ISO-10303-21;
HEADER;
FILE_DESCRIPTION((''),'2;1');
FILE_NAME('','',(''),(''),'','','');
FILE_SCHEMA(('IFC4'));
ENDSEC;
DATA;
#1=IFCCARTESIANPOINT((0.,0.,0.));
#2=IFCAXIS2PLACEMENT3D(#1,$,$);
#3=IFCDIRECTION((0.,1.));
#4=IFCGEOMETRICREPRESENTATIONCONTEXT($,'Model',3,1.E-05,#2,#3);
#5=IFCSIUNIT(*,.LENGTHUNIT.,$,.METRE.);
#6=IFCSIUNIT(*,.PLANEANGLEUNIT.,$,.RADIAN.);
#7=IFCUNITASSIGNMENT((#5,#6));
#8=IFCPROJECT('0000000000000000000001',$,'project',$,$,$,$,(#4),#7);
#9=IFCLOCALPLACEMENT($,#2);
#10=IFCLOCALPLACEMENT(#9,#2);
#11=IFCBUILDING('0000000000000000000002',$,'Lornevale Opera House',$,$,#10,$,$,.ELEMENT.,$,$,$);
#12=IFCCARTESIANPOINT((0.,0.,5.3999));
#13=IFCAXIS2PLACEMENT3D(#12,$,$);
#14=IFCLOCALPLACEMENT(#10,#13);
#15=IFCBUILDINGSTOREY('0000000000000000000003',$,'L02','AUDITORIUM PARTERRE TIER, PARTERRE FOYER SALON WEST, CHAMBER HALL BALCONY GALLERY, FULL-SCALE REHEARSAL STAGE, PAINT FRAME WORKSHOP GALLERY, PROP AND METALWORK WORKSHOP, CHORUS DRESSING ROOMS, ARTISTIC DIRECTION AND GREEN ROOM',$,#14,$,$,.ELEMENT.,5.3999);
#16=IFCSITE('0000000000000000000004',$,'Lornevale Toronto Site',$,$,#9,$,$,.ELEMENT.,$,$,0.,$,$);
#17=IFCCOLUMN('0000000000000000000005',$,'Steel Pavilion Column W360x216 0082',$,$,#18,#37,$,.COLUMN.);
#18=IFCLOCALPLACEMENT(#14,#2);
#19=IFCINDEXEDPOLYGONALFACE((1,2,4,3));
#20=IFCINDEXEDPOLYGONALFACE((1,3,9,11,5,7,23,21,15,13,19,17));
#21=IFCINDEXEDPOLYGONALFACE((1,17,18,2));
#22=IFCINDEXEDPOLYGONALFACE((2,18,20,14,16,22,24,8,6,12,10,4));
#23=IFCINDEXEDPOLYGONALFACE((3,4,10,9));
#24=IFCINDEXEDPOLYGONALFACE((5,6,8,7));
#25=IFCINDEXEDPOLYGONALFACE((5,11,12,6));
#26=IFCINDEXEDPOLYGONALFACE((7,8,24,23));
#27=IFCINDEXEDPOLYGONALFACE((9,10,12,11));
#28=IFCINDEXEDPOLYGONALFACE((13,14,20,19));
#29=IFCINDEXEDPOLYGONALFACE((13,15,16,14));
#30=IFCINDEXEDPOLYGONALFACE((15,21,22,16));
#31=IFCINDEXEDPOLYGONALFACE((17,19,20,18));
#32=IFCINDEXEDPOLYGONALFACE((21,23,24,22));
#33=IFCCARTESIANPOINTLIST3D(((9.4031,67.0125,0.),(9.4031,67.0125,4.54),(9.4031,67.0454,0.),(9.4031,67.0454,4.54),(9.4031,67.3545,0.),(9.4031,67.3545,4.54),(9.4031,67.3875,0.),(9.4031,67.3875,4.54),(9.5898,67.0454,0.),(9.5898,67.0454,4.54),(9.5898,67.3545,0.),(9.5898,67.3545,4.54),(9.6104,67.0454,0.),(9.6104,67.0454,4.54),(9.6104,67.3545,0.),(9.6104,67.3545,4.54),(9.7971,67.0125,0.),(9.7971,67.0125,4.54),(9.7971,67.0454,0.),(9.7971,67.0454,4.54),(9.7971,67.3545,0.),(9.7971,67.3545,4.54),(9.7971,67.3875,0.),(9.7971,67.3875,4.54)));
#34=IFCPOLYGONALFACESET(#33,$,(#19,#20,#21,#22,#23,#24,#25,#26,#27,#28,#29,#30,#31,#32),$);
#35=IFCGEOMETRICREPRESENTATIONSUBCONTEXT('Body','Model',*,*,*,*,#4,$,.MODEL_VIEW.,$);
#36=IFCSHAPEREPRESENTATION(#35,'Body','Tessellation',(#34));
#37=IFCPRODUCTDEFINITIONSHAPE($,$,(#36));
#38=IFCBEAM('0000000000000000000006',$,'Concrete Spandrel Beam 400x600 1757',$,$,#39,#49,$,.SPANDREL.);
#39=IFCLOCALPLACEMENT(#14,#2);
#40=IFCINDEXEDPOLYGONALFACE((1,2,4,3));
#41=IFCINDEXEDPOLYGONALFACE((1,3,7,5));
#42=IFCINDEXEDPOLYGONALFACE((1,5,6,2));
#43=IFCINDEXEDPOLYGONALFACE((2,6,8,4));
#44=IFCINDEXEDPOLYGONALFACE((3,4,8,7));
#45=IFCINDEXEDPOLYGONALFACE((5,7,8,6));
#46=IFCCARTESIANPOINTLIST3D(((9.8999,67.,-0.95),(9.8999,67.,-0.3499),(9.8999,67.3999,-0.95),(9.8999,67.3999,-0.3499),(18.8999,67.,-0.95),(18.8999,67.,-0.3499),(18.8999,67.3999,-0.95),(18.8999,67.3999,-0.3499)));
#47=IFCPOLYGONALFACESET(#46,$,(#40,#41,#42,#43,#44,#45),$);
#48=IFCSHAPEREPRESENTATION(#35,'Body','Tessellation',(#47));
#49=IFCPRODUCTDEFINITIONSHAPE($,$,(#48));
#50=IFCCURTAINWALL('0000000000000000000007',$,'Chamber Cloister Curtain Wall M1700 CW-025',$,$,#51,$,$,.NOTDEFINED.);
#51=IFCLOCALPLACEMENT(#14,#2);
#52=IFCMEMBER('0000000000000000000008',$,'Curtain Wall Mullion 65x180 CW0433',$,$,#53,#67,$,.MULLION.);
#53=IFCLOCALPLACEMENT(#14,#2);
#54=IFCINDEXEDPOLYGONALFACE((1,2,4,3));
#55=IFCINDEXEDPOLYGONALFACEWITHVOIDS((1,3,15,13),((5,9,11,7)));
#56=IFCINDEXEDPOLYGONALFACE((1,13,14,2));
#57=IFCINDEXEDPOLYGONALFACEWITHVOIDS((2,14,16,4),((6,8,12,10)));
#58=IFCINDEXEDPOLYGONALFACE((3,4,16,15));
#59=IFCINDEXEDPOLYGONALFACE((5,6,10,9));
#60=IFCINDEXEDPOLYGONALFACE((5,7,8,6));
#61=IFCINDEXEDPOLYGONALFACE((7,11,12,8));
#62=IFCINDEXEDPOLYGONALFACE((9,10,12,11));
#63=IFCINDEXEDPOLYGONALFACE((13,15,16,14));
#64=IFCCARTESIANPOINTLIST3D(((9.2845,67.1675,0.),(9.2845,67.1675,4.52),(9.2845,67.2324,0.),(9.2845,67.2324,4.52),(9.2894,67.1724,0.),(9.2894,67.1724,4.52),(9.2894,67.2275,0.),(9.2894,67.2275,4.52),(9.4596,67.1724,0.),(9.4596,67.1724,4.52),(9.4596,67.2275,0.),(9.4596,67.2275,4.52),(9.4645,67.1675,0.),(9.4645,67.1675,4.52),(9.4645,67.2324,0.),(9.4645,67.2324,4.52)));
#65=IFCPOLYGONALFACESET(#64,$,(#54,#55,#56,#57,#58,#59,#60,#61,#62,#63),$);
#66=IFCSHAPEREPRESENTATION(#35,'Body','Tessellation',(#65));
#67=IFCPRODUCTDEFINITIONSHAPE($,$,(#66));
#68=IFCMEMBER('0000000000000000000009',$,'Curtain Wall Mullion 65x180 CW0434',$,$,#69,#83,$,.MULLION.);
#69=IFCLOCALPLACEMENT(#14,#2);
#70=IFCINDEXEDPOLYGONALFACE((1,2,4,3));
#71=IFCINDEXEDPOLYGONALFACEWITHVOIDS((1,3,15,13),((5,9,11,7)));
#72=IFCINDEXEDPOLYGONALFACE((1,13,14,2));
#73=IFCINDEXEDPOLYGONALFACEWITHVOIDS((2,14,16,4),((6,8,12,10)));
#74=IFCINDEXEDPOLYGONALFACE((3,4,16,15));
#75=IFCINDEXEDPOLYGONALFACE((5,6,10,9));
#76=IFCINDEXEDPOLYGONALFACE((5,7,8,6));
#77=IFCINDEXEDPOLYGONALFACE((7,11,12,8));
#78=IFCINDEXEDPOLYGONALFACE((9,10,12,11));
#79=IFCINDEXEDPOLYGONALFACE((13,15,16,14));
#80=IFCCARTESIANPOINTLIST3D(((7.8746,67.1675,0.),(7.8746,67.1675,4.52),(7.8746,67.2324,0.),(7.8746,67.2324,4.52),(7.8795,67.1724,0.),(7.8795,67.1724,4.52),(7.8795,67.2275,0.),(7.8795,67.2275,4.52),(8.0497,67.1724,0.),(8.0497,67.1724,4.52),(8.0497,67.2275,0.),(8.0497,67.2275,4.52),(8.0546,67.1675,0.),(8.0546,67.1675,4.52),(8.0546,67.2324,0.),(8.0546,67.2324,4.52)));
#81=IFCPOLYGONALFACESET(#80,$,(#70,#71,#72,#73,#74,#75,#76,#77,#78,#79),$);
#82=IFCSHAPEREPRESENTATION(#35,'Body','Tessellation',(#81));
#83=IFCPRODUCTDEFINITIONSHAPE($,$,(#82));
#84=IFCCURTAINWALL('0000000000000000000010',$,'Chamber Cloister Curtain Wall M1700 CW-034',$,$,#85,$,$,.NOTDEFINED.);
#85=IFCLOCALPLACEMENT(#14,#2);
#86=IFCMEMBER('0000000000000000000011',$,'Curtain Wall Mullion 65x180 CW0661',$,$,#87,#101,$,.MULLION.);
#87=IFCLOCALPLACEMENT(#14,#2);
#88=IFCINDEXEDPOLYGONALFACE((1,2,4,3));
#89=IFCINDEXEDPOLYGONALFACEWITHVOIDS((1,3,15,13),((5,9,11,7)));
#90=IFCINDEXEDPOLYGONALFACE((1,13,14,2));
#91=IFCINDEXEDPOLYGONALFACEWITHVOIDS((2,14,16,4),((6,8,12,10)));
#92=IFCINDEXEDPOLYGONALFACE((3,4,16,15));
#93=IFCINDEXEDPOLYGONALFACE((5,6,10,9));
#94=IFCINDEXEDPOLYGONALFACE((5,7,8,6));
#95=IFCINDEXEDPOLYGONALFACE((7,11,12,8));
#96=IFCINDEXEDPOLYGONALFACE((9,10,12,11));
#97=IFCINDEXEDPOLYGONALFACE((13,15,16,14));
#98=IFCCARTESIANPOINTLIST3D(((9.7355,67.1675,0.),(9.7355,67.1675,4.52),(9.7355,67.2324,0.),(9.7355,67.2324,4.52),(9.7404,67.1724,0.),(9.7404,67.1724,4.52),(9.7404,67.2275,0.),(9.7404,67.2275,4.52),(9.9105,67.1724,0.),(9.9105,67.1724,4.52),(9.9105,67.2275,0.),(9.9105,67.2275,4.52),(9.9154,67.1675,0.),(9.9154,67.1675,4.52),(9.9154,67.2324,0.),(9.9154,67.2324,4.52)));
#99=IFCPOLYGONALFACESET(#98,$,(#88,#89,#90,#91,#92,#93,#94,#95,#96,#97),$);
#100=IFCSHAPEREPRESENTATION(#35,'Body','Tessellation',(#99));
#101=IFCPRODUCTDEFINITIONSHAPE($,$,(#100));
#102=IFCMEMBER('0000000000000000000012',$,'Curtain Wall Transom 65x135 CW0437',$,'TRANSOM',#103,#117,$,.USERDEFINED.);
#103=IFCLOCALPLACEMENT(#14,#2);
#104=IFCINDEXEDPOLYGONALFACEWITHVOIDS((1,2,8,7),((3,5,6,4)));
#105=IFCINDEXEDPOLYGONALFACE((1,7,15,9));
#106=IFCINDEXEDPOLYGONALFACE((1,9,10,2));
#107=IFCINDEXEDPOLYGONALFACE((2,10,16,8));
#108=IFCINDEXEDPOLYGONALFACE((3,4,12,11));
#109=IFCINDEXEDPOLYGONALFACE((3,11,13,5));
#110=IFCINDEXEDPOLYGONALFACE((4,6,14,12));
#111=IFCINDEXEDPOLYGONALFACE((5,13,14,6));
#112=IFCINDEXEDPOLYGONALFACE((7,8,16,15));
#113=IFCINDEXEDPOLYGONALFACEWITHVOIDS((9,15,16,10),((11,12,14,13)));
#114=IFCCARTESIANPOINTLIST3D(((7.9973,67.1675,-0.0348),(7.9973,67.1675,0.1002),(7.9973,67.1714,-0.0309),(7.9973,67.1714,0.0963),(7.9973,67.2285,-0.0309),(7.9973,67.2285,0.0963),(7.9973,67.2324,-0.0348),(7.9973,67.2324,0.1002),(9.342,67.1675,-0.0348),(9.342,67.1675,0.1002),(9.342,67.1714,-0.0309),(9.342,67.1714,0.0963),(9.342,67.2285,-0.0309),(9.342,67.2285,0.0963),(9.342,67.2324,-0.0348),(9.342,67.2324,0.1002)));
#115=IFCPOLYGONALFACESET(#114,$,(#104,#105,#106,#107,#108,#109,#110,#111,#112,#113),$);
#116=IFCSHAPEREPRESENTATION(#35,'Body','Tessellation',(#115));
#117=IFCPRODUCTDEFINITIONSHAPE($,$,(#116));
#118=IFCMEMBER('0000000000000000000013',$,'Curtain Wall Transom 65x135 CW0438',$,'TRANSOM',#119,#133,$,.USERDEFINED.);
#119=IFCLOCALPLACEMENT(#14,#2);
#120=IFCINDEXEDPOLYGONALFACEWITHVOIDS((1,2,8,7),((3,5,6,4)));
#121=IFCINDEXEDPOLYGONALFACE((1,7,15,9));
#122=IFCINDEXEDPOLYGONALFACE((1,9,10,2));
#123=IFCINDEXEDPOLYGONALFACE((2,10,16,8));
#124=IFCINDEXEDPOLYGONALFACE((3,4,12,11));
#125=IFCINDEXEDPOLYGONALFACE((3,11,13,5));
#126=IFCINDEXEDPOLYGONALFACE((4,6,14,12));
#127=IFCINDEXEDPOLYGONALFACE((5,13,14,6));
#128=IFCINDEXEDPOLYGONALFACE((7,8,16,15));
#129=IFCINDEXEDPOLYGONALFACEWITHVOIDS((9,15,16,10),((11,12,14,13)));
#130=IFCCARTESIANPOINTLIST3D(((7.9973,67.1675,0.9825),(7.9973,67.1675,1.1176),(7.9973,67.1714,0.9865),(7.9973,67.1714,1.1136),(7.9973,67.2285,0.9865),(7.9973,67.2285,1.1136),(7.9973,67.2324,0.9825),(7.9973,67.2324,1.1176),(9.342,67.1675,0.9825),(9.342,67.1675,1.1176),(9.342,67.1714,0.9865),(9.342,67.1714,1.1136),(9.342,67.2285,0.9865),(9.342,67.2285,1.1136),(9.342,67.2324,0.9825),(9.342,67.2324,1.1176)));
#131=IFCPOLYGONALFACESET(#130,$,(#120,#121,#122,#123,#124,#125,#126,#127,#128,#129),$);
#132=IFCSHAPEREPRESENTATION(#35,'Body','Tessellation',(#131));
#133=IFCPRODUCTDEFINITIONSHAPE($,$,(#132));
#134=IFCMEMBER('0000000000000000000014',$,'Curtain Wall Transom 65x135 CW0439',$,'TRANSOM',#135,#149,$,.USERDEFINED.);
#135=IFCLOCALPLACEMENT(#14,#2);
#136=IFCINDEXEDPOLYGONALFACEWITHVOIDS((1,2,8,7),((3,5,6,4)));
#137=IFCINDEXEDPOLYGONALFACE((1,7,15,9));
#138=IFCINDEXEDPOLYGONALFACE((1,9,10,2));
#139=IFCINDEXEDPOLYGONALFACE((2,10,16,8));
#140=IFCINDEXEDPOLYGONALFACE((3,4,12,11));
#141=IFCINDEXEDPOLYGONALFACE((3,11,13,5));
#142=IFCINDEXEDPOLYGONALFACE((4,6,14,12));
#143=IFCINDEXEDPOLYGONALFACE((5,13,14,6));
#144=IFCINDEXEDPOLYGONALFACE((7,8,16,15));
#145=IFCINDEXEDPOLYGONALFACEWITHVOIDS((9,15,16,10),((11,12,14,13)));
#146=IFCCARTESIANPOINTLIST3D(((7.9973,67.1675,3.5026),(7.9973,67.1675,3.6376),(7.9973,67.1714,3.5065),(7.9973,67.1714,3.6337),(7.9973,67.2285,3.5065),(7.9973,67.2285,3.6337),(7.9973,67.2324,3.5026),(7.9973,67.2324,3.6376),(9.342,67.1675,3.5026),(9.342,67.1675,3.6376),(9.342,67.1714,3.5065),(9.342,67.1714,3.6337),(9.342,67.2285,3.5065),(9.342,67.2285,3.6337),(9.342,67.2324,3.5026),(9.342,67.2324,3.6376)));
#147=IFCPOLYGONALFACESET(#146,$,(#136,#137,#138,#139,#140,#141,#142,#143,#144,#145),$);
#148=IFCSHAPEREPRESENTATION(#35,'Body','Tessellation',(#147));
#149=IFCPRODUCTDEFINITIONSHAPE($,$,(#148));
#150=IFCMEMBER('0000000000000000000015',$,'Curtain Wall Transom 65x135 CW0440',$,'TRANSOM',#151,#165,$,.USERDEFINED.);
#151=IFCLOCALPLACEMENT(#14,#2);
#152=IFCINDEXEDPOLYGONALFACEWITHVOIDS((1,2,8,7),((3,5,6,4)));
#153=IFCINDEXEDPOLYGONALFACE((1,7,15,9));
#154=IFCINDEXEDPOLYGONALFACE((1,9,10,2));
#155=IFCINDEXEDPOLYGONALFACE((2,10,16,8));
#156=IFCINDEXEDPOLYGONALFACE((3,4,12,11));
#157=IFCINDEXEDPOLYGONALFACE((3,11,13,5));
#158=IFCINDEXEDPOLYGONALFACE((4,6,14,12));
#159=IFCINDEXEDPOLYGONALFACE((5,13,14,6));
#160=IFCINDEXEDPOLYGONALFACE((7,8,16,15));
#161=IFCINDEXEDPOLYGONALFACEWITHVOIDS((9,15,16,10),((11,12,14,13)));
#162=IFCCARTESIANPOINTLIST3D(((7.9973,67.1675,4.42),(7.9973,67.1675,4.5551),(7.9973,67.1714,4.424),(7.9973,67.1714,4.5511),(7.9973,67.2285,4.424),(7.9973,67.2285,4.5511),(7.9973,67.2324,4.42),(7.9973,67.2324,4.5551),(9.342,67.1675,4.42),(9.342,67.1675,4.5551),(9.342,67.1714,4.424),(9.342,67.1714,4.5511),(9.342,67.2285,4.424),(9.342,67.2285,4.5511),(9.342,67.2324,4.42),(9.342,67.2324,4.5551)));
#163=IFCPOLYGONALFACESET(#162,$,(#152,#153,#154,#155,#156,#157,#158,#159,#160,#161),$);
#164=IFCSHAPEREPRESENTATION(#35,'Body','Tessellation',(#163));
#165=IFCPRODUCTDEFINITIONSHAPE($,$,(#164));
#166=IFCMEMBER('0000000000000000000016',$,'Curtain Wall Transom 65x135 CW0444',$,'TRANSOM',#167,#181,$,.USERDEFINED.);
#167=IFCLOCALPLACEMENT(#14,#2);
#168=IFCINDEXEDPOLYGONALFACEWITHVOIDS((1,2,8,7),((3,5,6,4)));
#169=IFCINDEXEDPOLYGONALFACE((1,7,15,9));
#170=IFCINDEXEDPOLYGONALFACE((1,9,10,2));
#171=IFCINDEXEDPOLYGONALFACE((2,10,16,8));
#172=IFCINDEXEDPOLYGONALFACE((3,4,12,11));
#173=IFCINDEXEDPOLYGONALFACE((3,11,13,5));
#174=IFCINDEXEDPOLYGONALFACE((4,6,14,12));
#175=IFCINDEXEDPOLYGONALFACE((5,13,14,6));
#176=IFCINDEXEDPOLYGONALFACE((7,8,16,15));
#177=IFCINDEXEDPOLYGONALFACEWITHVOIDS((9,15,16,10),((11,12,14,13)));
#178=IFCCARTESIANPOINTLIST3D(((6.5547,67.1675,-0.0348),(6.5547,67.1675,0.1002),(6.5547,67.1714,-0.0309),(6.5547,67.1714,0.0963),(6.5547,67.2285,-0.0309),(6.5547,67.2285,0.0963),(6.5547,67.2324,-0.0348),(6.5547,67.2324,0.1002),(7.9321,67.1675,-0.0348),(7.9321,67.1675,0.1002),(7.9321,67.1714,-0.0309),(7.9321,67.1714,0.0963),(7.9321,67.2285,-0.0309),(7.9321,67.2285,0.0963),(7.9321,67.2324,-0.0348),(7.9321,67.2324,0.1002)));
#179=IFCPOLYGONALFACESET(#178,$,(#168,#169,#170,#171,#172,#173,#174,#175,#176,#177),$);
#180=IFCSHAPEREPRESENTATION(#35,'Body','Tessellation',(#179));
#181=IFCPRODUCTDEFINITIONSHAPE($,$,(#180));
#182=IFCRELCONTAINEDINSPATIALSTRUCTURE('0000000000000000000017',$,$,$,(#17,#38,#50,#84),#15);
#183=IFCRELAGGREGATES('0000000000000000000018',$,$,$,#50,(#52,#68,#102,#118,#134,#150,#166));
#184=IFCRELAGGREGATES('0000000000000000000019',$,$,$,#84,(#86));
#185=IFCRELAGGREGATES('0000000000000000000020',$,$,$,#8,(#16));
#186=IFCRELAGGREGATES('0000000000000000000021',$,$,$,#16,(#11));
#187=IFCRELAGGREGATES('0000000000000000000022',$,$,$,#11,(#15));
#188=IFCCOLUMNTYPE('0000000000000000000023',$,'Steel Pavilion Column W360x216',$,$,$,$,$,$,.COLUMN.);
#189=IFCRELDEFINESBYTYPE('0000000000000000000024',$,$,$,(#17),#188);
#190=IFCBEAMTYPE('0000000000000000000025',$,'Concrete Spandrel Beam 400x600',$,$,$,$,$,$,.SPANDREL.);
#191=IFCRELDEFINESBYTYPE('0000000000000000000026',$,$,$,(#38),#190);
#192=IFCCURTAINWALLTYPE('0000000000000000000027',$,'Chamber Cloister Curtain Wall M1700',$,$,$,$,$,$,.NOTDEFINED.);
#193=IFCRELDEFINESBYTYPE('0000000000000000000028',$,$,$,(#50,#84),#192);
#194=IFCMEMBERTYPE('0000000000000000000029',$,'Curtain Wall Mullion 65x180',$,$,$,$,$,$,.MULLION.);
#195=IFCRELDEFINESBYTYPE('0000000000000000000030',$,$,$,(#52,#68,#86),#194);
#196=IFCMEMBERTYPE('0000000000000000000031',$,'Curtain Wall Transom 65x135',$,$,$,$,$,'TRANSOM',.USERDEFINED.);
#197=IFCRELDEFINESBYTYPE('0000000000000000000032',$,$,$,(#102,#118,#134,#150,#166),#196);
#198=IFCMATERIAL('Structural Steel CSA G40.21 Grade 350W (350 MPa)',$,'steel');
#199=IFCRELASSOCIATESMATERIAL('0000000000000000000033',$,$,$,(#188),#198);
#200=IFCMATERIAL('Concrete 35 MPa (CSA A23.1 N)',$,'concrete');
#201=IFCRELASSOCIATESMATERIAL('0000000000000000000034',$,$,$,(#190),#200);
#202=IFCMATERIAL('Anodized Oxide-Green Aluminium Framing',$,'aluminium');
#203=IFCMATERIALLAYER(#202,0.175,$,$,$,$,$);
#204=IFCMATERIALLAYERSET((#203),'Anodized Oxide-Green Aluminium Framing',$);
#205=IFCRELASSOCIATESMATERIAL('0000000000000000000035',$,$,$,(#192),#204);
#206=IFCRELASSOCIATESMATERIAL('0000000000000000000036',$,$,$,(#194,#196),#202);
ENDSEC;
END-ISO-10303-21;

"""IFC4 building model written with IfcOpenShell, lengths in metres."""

from ifc_helpers import new_model, si_unit, direction, frame, origin, origin_2d, place, context, subcontext, project, spatial, rectangle, hollow_rectangle, i_section, extrude, material, layer, layer_set, material_profile, profile_set, type_object, element, aggregate, save


model = new_model("IFC4")

# Units and contexts
model_context = context("Model", 3, precision=1e-05, world=origin(), true_north=direction((0.0, 1.0)))
body_context = subcontext(model_context, "Body", "Model", "MODEL_VIEW")
ifc_project = project(units=[si_unit("LENGTHUNIT", "METRE"), si_unit("PLANEANGLEUNIT", "RADIAN")], contexts=[model_context])

# Site, building, storey
site_placement = place(None, origin())
site = spatial("IfcSite", under=ifc_project, at=site_placement, Name="Lornevale Toronto Site", CompositionType="ELEMENT", RefElevation=0.0)
building_placement = place(site_placement, origin())
building = spatial("IfcBuilding", under=site, at=building_placement, Name="Lornevale Opera House", CompositionType="ELEMENT")
storey_placement = place(building_placement, frame((0.0, 0.0, 5.3999)))
storey = spatial("IfcBuildingStorey", under=building, at=storey_placement, Name="L02", Description="AUDITORIUM PARTERRE TIER, PARTERRE FOYER SALON WEST, CHAMBER HALL BALCONY GALLERY, FULL-SCALE REHEARSAL STAGE, PAINT FRAME WORKSHOP GALLERY, PROP AND METALWORK WORKSHOP, CHORUS DRESSING ROOMS, ARTISTIC DIRECTION AND GREEN ROOM", CompositionType="ELEMENT", Elevation=5.3999)

# Column
ifc_material_1 = material(Name="Structural Steel CSA G40.21 Grade 350W (350 MPa)", Category="steel")
ifc_material_profile_1 = material_profile(ifc_material_1, i_section(OverallWidth=0.394, OverallDepth=0.375, WebThickness=0.0205, FlangeThickness=0.033, at=origin_2d()), Name="W360x216")
ifc_profile_set_1 = profile_set([ifc_material_profile_1], Name="Structural Steel CSA G40.21 Grade 350W (350 MPa)")
column_type = type_object("IfcColumnType", Name="Steel Pavilion Column W360x216", PredefinedType="COLUMN", material=ifc_profile_set_1)
column_placement = place(storey_placement, frame((9.6001, 67.2, 0.0), z_axis=(0.0, 0.0, 1.0), x_axis=(1.0, 0.0, 0.0)))
element("IfcColumn", 1, at=column_placement, inside=storey, type_object=column_type, Name="Steel Pavilion Column W360x216 0082", PredefinedType="COLUMN", context=body_context, shape_type="SweptSolid", body=[
    extrude(i_section(OverallWidth=0.394, OverallDepth=0.375, WebThickness=0.0205, FlangeThickness=0.033, at=origin_2d()), origin(), (0.0, 0.0, 1.0), 4.54),
])

# Beam
ifc_material_2 = material(Name="Concrete 35 MPa (CSA A23.1 N)", Category="concrete")
ifc_material_profile_2 = material_profile(ifc_material_2, rectangle(XDim=0.3999, YDim=0.6001, at=origin_2d()), Name="RC400x600")
ifc_profile_set_2 = profile_set([ifc_material_profile_2], Name="Concrete 35 MPa (CSA A23.1 N)")
beam_type = type_object("IfcBeamType", Name="Concrete Spandrel Beam 400x600", PredefinedType="SPANDREL", material=ifc_profile_set_2)
beam_placement = place(storey_placement, frame((9.8999, 67.2, -0.6499), z_axis=(1.0, 0.0, 0.0), x_axis=(0.0, 1.0, 0.0)))
element("IfcBeam", 2, at=beam_placement, inside=storey, type_object=beam_type, Name="Concrete Spandrel Beam 400x600 1757", PredefinedType="SPANDREL", context=body_context, shape_type="SweptSolid", body=[
    extrude(rectangle(XDim=0.3999, YDim=0.6001, at=origin_2d()), origin(), (0.0, 0.0, 1.0), 9.0),
])

# Curtain wall, members
ifc_material_3 = material(Name="Anodized Oxide-Green Aluminium Framing", Category="aluminium")
ifc_layer_1 = layer(ifc_material_3, 0.175)
ifc_layer_set_1 = layer_set([ifc_layer_1], Name="Anodized Oxide-Green Aluminium Framing")
curtain_wall_type = type_object("IfcCurtainWallType", Name="Chamber Cloister Curtain Wall M1700", PredefinedType="NOTDEFINED", material=ifc_layer_set_1)
curtain_wall_1_placement = place(storey_placement, origin())
curtain_wall_1 = element("IfcCurtainWall", 3, at=curtain_wall_1_placement, inside=storey, type_object=curtain_wall_type, Name="Chamber Cloister Curtain Wall M1700 CW-025", PredefinedType="NOTDEFINED")
ifc_material_profile_3 = material_profile(ifc_material_3, hollow_rectangle(XDim=0.0649, YDim=0.1799, WallThickness=0.0049, at=origin_2d()), Name="ALU65x180x5")
ifc_profile_set_3 = profile_set([ifc_material_profile_3], Name="Anodized Oxide-Green Aluminium Framing")
member_type_1 = type_object("IfcMemberType", Name="Curtain Wall Mullion 65x180", PredefinedType="MULLION", material=ifc_profile_set_3)
member_1_placement = place(storey_placement, frame((9.3745, 67.2, 0.0), z_axis=(0.0, 0.0, 1.0), x_axis=(0.0, -1.0, 0.0)))
member_1 = element("IfcMember", 4, at=member_1_placement, type_object=member_type_1, Name="Curtain Wall Mullion 65x180 CW0433", PredefinedType="MULLION", context=body_context, shape_type="SweptSolid", body=[
    extrude(hollow_rectangle(XDim=0.0649, YDim=0.1799, WallThickness=0.0049, at=origin_2d()), origin(), (0.0, 0.0, 1.0), 4.52),
])
member_2_placement = place(storey_placement, frame((7.9646, 67.2, 0.0), z_axis=(0.0, 0.0, 1.0), x_axis=(0.0, -1.0, 0.0)))
member_2 = element("IfcMember", 5, at=member_2_placement, type_object=member_type_1, Name="Curtain Wall Mullion 65x180 CW0434", PredefinedType="MULLION", context=body_context, shape_type="SweptSolid", body=[
    extrude(hollow_rectangle(XDim=0.0649, YDim=0.1799, WallThickness=0.0049, at=origin_2d()), origin(), (0.0, 0.0, 1.0), 4.52),
])

# Curtain wall, member
curtain_wall_2_placement = place(storey_placement, origin())
curtain_wall_2 = element("IfcCurtainWall", 6, at=curtain_wall_2_placement, inside=storey, type_object=curtain_wall_type, Name="Chamber Cloister Curtain Wall M1700 CW-034", PredefinedType="NOTDEFINED")
member_3_placement = place(storey_placement, frame((9.8254, 67.2, 0.0), z_axis=(0.0, 0.0, 1.0), x_axis=(0.0, -1.0, 0.0)))
member_3 = element("IfcMember", 7, at=member_3_placement, type_object=member_type_1, Name="Curtain Wall Mullion 65x180 CW0661", PredefinedType="MULLION", context=body_context, shape_type="SweptSolid", body=[
    extrude(hollow_rectangle(XDim=0.0649, YDim=0.1799, WallThickness=0.0049, at=origin_2d()), origin(), (0.0, 0.0, 1.0), 4.52),
])

# Members
ifc_material_profile_4 = material_profile(ifc_material_3, hollow_rectangle(XDim=0.0649, YDim=0.135, WallThickness=0.0039, at=origin_2d()), Name="ALU65x135x4")
ifc_profile_set_4 = profile_set([ifc_material_profile_4], Name="Anodized Oxide-Green Aluminium Framing")
member_type_2 = type_object("IfcMemberType", Name="Curtain Wall Transom 65x135", ElementType="TRANSOM", PredefinedType="USERDEFINED", material=ifc_profile_set_4)
member_4_placement = place(storey_placement, frame((9.342, 67.2, 0.0327), z_axis=(-1.0, 0.0, 0.0), x_axis=(0.0, -1.0, 0.0)))
member_4 = element("IfcMember", 8, at=member_4_placement, type_object=member_type_2, Name="Curtain Wall Transom 65x135 CW0437", ObjectType="TRANSOM", PredefinedType="USERDEFINED", context=body_context, shape_type="SweptSolid", body=[
    extrude(hollow_rectangle(XDim=0.0649, YDim=0.135, WallThickness=0.0039, at=origin_2d()), origin(), (0.0, 0.0, 1.0), 1.3447),
])
member_5_placement = place(storey_placement, frame((9.342, 67.2, 1.05), z_axis=(-1.0, 0.0, 0.0), x_axis=(0.0, -1.0, 0.0)))
member_5 = element("IfcMember", 9, at=member_5_placement, type_object=member_type_2, Name="Curtain Wall Transom 65x135 CW0438", ObjectType="TRANSOM", PredefinedType="USERDEFINED", context=body_context, shape_type="SweptSolid", body=[
    extrude(hollow_rectangle(XDim=0.0649, YDim=0.135, WallThickness=0.0039, at=origin_2d()), origin(), (0.0, 0.0, 1.0), 1.3447),
])
member_6_placement = place(storey_placement, frame((9.342, 67.2, 3.5701), z_axis=(-1.0, 0.0, 0.0), x_axis=(0.0, -1.0, 0.0)))
member_6 = element("IfcMember", 10, at=member_6_placement, type_object=member_type_2, Name="Curtain Wall Transom 65x135 CW0439", ObjectType="TRANSOM", PredefinedType="USERDEFINED", context=body_context, shape_type="SweptSolid", body=[
    extrude(hollow_rectangle(XDim=0.0649, YDim=0.135, WallThickness=0.0039, at=origin_2d()), origin(), (0.0, 0.0, 1.0), 1.3447),
])
member_7_placement = place(storey_placement, frame((9.342, 67.2, 4.4875), z_axis=(-1.0, 0.0, 0.0), x_axis=(0.0, -1.0, 0.0)))
member_7 = element("IfcMember", 11, at=member_7_placement, type_object=member_type_2, Name="Curtain Wall Transom 65x135 CW0440", ObjectType="TRANSOM", PredefinedType="USERDEFINED", context=body_context, shape_type="SweptSolid", body=[
    extrude(hollow_rectangle(XDim=0.0649, YDim=0.135, WallThickness=0.0039, at=origin_2d()), origin(), (0.0, 0.0, 1.0), 1.3447),
])
member_8_placement = place(storey_placement, frame((7.9321, 67.2, 0.0327), z_axis=(-1.0, 0.0, 0.0), x_axis=(0.0, -1.0, 0.0)))
member_8 = element("IfcMember", 12, at=member_8_placement, type_object=member_type_2, Name="Curtain Wall Transom 65x135 CW0444", ObjectType="TRANSOM", PredefinedType="USERDEFINED", context=body_context, shape_type="SweptSolid", body=[
    extrude(hollow_rectangle(XDim=0.0649, YDim=0.135, WallThickness=0.0039, at=origin_2d()), origin(), (0.0, 0.0, 1.0), 1.3774),
])

aggregate(curtain_wall_1, [member_1, member_2, member_4, member_5, member_6, member_7, member_8])
aggregate(curtain_wall_2, [member_3])

save(model, "model.ifc")
